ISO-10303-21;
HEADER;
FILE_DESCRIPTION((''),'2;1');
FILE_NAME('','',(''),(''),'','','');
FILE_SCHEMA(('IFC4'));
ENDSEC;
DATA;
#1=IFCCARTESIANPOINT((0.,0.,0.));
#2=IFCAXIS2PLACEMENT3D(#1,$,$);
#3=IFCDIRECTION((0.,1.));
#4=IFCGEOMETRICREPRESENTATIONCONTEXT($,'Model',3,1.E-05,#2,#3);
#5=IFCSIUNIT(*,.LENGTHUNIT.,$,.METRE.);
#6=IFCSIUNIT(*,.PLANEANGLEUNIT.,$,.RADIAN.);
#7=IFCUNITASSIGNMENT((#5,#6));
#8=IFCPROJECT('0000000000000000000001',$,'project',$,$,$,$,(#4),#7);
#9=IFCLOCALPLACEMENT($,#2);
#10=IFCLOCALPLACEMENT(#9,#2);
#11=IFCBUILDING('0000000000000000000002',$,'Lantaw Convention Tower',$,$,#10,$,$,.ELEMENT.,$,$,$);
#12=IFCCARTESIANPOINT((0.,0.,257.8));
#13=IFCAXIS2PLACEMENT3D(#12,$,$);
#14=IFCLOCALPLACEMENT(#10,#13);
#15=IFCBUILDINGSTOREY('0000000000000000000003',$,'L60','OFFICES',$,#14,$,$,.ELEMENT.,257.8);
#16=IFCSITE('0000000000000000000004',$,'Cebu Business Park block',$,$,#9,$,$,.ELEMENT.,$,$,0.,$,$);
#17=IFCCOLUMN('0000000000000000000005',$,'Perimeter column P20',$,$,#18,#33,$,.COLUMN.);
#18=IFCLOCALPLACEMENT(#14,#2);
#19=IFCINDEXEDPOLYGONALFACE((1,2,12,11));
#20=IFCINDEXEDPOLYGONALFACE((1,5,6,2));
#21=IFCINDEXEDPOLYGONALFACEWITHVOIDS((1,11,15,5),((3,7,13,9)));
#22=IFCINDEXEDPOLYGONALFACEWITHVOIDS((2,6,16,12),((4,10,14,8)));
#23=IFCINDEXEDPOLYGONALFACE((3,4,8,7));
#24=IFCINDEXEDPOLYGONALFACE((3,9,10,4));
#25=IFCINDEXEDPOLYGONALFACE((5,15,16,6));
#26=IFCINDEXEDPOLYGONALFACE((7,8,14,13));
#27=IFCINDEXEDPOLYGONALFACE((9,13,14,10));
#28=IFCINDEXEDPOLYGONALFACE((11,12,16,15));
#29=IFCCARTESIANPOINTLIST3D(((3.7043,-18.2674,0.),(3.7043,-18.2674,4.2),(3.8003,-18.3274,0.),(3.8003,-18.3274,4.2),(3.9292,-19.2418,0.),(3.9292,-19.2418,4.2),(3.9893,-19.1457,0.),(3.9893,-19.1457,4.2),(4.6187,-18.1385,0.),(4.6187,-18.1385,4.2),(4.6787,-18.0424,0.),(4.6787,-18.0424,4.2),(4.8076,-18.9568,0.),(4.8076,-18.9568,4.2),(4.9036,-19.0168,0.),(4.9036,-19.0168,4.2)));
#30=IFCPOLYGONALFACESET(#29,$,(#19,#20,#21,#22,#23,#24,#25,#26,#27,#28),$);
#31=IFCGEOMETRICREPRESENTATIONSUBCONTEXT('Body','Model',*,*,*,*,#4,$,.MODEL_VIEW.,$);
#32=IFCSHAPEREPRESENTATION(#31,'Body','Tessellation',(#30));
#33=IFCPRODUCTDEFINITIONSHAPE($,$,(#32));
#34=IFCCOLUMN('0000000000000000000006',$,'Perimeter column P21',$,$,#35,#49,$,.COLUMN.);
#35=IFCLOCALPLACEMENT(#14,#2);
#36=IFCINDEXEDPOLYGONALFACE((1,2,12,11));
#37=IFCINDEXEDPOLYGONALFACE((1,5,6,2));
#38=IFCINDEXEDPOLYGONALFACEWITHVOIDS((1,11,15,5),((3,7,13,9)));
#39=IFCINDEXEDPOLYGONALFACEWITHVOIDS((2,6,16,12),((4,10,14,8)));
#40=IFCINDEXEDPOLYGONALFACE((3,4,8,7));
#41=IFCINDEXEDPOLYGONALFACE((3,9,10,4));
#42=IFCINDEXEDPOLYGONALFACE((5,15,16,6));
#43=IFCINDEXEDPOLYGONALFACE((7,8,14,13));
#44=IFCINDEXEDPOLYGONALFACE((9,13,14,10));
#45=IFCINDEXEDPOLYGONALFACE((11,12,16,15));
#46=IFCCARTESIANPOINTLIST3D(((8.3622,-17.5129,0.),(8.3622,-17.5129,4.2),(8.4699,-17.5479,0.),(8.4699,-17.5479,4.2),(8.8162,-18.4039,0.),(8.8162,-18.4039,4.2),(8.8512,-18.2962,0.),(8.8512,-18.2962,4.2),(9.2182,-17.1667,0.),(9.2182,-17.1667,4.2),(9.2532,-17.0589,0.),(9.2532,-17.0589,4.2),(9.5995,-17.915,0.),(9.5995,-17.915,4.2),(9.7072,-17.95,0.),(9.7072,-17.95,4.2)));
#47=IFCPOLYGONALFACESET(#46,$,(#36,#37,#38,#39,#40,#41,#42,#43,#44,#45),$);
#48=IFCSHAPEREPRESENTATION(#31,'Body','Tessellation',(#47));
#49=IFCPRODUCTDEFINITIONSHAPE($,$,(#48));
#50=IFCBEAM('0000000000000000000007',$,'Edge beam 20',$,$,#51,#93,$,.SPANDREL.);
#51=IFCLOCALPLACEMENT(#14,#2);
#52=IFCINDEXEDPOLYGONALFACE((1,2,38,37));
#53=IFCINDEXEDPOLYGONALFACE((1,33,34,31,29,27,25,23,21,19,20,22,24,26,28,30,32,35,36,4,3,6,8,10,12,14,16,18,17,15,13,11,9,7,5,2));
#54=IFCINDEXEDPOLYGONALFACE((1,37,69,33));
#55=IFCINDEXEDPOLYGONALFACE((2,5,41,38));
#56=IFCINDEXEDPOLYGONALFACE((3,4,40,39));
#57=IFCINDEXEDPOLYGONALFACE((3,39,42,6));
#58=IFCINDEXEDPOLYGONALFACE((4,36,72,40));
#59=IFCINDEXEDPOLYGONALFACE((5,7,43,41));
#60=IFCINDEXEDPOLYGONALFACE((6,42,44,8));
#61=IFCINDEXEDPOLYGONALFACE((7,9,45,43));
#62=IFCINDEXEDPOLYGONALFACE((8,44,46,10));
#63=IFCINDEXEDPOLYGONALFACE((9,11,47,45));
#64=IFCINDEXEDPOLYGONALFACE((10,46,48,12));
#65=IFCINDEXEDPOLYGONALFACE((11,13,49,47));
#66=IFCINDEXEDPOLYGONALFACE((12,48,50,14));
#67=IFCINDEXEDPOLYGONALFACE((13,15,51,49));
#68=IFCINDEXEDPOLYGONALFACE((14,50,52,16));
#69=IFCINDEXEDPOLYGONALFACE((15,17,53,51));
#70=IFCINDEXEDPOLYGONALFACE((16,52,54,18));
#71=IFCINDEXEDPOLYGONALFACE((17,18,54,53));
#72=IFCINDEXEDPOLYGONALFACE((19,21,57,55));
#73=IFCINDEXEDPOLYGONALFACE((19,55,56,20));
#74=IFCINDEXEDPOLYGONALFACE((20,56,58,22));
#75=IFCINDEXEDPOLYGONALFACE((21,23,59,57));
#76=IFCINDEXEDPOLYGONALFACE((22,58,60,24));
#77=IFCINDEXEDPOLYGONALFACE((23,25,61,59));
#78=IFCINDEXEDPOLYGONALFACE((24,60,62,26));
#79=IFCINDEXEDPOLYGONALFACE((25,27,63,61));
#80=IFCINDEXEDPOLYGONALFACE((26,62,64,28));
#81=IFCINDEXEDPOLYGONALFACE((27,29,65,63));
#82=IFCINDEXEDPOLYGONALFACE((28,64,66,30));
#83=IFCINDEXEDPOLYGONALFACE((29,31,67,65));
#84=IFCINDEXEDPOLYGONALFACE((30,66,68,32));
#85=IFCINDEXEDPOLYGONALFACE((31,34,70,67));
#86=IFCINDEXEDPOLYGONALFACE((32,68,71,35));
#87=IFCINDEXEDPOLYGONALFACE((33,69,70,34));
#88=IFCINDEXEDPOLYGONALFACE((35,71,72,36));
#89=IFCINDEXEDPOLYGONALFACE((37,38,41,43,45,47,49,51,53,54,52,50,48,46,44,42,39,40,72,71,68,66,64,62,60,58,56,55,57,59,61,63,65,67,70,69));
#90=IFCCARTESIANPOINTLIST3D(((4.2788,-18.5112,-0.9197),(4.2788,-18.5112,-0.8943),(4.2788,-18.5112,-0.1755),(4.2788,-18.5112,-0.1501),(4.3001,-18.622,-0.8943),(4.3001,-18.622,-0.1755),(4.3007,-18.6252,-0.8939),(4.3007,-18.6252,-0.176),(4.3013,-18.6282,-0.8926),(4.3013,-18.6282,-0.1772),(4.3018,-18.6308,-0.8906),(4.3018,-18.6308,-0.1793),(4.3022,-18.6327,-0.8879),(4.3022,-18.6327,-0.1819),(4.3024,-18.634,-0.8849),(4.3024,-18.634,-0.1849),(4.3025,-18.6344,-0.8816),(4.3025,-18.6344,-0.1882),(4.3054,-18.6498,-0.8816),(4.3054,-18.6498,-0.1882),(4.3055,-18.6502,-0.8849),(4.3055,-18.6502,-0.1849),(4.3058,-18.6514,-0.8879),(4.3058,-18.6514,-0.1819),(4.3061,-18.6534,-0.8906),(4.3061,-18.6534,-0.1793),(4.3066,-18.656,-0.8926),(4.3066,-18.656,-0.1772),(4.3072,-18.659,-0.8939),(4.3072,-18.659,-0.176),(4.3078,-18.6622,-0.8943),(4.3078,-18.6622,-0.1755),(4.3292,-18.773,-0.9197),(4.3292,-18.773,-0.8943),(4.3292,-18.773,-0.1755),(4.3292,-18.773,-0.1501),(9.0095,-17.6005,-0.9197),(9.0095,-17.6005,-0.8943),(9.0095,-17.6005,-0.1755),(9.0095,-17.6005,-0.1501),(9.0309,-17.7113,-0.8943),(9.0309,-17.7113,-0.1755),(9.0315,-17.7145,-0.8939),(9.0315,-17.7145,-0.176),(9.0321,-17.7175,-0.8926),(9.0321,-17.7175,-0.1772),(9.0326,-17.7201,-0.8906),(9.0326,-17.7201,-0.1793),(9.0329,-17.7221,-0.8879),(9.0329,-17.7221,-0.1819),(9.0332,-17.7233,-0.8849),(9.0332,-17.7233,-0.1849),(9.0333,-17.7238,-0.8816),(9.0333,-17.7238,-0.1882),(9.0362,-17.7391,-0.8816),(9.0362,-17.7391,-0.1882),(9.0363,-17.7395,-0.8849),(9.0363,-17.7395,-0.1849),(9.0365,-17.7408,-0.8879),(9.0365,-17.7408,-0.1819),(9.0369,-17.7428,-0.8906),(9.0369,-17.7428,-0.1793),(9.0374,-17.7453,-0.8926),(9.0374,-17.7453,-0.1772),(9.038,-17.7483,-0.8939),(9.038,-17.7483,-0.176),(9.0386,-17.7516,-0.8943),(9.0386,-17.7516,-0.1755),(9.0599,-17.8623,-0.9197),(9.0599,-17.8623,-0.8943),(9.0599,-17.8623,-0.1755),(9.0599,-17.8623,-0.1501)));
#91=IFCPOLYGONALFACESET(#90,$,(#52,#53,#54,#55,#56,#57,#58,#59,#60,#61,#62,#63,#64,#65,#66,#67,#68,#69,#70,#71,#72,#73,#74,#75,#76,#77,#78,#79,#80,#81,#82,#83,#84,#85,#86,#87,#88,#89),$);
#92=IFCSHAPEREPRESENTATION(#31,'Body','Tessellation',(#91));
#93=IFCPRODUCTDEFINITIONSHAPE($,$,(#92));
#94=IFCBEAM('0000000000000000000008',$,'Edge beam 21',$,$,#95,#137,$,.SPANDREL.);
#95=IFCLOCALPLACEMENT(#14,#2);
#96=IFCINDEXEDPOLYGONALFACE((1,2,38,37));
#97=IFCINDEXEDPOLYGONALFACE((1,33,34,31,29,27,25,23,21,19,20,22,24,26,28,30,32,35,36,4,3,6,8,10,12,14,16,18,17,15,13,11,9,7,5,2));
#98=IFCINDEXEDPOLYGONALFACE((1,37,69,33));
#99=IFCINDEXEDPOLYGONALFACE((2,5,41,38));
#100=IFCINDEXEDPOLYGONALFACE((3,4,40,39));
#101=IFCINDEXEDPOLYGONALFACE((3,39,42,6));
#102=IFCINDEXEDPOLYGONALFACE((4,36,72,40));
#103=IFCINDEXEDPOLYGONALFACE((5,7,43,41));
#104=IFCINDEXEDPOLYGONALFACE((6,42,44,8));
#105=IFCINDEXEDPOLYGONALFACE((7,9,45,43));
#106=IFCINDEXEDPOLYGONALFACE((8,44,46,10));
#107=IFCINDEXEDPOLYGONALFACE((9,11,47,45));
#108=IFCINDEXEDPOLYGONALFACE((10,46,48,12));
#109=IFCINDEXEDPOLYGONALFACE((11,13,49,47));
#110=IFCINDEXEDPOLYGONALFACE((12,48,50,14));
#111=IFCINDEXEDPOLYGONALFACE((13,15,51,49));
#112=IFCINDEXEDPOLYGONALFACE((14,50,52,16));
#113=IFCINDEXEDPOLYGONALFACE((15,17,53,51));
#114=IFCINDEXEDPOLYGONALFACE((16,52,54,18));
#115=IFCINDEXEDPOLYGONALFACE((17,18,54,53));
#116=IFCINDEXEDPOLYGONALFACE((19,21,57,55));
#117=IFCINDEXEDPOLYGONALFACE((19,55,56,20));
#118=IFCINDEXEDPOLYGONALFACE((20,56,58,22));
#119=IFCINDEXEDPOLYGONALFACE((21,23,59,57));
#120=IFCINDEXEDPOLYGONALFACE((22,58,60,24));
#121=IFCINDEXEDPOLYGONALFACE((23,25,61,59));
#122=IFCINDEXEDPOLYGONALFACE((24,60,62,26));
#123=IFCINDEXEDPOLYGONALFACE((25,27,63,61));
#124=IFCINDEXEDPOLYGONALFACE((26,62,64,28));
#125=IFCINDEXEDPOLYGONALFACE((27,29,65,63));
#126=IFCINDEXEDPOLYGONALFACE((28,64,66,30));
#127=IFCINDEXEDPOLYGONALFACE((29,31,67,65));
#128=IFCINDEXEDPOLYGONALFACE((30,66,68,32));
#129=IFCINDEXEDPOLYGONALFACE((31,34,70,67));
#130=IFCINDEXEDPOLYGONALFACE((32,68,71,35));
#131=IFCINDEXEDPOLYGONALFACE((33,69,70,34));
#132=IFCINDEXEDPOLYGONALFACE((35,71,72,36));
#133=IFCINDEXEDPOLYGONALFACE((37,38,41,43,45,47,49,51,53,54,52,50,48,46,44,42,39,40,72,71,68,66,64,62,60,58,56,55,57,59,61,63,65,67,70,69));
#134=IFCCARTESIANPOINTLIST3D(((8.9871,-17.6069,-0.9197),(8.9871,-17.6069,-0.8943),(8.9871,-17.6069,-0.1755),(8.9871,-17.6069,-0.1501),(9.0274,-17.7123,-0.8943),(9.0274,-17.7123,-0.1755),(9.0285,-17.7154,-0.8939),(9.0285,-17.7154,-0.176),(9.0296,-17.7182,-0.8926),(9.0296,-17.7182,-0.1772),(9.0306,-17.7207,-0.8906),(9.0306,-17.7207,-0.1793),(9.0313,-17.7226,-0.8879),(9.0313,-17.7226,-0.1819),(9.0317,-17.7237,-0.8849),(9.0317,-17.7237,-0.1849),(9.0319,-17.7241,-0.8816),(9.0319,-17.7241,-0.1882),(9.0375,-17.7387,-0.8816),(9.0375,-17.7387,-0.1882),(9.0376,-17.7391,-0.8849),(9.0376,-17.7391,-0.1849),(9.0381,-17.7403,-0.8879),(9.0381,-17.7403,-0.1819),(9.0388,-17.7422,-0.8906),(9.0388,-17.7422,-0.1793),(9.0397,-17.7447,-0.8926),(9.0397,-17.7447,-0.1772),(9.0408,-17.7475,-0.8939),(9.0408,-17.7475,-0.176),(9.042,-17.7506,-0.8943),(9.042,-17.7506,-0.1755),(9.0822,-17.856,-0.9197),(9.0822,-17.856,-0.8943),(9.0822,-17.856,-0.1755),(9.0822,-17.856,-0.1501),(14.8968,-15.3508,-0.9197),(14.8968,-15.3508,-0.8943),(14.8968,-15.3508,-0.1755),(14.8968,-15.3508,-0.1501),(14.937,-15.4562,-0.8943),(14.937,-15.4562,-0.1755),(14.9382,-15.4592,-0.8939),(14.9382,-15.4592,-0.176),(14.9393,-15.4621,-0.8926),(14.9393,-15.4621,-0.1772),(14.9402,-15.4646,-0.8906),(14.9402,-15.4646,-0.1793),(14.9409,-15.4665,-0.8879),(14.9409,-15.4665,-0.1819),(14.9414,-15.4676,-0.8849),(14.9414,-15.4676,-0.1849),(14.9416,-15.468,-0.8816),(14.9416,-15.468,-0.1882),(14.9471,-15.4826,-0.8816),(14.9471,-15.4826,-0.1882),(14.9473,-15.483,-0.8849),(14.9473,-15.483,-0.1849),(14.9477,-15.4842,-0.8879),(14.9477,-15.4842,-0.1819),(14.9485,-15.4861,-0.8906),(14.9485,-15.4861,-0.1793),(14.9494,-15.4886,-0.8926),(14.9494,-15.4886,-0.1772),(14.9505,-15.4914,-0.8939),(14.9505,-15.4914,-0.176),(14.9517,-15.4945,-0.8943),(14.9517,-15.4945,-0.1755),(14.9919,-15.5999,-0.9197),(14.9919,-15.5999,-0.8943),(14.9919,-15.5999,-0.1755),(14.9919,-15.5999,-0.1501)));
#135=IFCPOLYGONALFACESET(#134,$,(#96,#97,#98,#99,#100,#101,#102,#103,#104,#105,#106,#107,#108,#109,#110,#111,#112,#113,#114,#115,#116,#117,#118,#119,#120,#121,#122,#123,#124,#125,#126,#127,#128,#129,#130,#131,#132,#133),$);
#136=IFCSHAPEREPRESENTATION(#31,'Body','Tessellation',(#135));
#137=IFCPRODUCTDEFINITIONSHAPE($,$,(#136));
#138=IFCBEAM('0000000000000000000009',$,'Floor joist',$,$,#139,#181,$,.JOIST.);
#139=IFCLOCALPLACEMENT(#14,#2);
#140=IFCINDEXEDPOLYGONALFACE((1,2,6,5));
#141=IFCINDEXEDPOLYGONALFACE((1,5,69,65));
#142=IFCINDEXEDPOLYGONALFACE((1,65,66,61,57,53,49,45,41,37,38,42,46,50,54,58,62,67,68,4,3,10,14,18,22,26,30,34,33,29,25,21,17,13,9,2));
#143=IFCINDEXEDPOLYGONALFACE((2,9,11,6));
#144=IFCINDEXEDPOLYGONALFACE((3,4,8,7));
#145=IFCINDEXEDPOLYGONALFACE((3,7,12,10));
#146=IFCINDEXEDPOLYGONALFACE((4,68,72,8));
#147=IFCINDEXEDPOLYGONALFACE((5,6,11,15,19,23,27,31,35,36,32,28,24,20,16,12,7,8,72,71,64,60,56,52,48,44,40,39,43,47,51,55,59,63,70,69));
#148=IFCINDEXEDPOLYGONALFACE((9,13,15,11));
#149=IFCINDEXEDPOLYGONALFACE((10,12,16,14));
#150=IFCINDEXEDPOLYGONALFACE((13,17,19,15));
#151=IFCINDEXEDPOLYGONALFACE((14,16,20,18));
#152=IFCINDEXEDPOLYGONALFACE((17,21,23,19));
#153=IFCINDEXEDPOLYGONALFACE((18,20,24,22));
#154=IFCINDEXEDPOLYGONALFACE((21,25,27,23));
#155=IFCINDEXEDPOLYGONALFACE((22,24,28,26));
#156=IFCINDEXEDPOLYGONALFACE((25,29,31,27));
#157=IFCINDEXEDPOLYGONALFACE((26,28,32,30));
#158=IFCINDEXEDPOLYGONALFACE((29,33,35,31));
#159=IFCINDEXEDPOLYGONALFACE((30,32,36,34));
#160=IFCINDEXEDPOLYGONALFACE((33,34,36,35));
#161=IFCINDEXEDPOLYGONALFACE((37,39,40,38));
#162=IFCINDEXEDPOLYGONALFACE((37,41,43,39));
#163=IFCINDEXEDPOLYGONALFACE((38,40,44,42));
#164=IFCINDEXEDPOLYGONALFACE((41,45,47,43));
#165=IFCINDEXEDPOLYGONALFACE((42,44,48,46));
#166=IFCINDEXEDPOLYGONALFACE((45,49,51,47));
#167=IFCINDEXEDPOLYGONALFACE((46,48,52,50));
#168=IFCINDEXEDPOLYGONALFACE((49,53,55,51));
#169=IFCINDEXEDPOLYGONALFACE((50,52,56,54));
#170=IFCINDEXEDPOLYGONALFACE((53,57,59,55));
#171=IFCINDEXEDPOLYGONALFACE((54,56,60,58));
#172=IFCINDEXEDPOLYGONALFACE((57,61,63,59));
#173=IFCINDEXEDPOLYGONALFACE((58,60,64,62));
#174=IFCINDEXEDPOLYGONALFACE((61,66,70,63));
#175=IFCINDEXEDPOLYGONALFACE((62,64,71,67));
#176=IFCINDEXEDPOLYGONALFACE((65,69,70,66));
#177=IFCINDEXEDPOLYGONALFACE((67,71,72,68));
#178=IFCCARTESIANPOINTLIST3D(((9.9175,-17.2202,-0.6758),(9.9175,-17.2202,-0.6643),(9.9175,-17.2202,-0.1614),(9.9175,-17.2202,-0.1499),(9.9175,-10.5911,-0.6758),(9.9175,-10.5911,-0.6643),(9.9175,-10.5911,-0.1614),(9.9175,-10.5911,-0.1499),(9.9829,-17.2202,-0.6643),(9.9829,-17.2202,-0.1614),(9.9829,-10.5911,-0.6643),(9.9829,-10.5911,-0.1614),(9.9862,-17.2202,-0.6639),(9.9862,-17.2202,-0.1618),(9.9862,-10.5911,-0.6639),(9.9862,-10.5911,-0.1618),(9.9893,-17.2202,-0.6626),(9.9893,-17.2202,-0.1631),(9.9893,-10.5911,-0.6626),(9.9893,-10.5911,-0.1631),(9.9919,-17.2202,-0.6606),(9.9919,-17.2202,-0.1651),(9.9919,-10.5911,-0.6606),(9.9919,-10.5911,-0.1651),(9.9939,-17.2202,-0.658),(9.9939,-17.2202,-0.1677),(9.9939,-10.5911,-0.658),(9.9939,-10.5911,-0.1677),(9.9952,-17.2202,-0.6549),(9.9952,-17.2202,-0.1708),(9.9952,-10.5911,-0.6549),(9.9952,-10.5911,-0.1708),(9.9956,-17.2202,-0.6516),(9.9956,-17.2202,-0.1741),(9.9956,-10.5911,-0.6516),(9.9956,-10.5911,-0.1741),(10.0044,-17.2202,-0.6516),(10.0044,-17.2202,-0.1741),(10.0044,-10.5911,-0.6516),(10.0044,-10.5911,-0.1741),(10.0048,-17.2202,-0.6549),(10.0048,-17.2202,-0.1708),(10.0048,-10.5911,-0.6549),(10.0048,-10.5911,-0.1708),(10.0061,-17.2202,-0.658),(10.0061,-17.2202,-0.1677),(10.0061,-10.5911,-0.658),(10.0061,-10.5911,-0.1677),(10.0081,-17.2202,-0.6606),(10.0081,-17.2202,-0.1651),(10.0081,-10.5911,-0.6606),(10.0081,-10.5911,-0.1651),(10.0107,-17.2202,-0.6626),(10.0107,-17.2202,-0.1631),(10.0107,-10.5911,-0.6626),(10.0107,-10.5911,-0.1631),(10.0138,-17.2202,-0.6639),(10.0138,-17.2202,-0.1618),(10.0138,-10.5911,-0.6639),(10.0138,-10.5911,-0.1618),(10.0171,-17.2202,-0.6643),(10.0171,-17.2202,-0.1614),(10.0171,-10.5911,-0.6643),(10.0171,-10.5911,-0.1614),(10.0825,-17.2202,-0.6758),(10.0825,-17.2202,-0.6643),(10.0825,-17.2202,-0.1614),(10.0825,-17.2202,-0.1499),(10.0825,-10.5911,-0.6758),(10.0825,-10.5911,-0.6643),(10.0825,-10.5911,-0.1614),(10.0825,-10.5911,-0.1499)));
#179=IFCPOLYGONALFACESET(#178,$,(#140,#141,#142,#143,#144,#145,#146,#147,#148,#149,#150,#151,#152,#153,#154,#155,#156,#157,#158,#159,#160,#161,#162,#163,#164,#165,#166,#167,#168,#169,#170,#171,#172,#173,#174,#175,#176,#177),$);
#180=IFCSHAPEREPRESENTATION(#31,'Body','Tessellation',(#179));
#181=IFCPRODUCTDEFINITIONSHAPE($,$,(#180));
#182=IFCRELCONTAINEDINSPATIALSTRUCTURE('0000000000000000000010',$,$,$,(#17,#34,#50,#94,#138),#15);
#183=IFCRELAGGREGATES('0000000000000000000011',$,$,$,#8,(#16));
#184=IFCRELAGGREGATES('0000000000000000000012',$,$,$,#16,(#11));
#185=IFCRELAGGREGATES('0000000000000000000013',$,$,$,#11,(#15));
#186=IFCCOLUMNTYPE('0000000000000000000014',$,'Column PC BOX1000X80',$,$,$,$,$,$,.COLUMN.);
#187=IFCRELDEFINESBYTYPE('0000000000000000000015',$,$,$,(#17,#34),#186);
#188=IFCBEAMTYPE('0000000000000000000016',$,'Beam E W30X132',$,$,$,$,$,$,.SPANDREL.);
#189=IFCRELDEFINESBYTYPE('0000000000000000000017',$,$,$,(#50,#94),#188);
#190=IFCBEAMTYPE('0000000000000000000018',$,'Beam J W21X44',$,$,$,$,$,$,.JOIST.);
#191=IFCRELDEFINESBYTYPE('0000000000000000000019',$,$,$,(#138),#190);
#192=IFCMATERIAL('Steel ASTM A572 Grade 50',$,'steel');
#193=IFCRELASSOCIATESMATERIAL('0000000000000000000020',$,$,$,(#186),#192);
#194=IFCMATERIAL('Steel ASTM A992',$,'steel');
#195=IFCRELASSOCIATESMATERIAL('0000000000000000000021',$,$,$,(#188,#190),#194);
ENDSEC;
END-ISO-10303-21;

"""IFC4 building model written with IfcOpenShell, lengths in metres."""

from ifc_helpers import new_model, si_unit, direction, frame, origin, origin_2d, place, context, subcontext, project, spatial, rectangle, hollow_rectangle, i_section, extrude, material, material_profile, profile_set, type_object, element, save


model = new_model("IFC4")

# Units and contexts
model_context = context("Model", 3, precision=1e-05, world=origin(), true_north=direction((0.0, 1.0)))
body_context = subcontext(model_context, "Body", "Model", "MODEL_VIEW")
ifc_project = project(units=[si_unit("LENGTHUNIT", "METRE"), si_unit("PLANEANGLEUNIT", "RADIAN")], contexts=[model_context])

# Site, building, storey
site_placement = place(None, origin())
site = spatial("IfcSite", under=ifc_project, at=site_placement, Name="Cebu Business Park block", CompositionType="ELEMENT", RefElevation=0.0)
building_placement = place(site_placement, origin())
building = spatial("IfcBuilding", under=site, at=building_placement, Name="Lantaw Convention Tower", CompositionType="ELEMENT")
storey_placement = place(building_placement, frame((0.0, 0.0, 257.8)))
storey = spatial("IfcBuildingStorey", under=building, at=storey_placement, Name="L60", Description="OFFICES", CompositionType="ELEMENT", Elevation=257.8)

# Columns
ifc_material_1 = material(Name="Steel ASTM A572 Grade 50", Category="steel")
ifc_material_profile_1 = material_profile(ifc_material_1, hollow_rectangle(XDim=1.0, YDim=1.0, WallThickness=0.0801, at=origin_2d()), Name="BOX1000X80")
ifc_material_2 = material(Name="Concrete C60/75", Category="concrete")
ifc_material_profile_2 = material_profile(ifc_material_2, rectangle(XDim=0.8401, YDim=0.8401, at=origin_2d()), Name="Concrete fill of BOX1000X80")
ifc_profile_set_1 = profile_set([ifc_material_profile_1, ifc_material_profile_2], Name="Steel ASTM A572 Grade 50")
column_type = type_object("IfcColumnType", Name="Column PC BOX1000X80", PredefinedType="COLUMN", material=ifc_profile_set_1)
for number, where, z_axis, x_axis, name in (
    (1, (4.304, -18.6421, 0.0), (0.0, 0.0, 1.0), (0.97437, 0.224951, 0.0), "Perimeter column P20"),
    (2, (9.0347, -17.7314, 0.0), (0.0, 0.0, 1.0), (0.891007, 0.45399, 0.0), "Perimeter column P21"),
):
    element("IfcColumn", number, at=place(storey_placement, frame(where, z_axis=z_axis, x_axis=x_axis)), inside=storey, type_object=column_type, Name=name, PredefinedType="COLUMN", context=body_context, shape_type="SweptSolid", body=[
        extrude(hollow_rectangle(XDim=1.0, YDim=1.0, WallThickness=0.0801, at=origin_2d()), origin(), (0.0, 0.0, 1.0), 4.2),
    ])

# Beams
ifc_material_3 = material(Name="Steel ASTM A992", Category="steel")
ifc_material_profile_3 = material_profile(ifc_material_3, i_section(OverallWidth=0.2666, OverallDepth=0.7695, WebThickness=0.0156, FlangeThickness=0.0254, FilletRadius=0.0127, at=origin_2d()), Name="W30X132")
ifc_profile_set_2 = profile_set([ifc_material_profile_3], Name="Steel ASTM A992")
beam_type_1 = type_object("IfcBeamType", Name="Beam E W30X132", PredefinedType="SPANDREL", material=ifc_profile_set_2)
beam_1_placement = place(storey_placement, frame((4.304, -18.6421, -0.5349), z_axis=(0.981972, 0.189026, 0.0), x_axis=(-0.189026, 0.981972, 0.0)))
element("IfcBeam", 3, at=beam_1_placement, inside=storey, type_object=beam_type_1, Name="Edge beam 20", PredefinedType="SPANDREL", context=body_context, shape_type="SweptSolid", body=[
    extrude(i_section(OverallWidth=0.2666, OverallDepth=0.7695, WebThickness=0.0156, FlangeThickness=0.0254, FilletRadius=0.0127, at=origin_2d()), origin(), (0.0, 0.0, 1.0), 4.8176),
])
beam_2_placement = place(storey_placement, frame((9.0347, -17.7314, -0.5349), z_axis=(0.934235, 0.356658, 0.0), x_axis=(-0.356658, 0.934235, 0.0)))
element("IfcBeam", 4, at=beam_2_placement, inside=storey, type_object=beam_type_1, Name="Edge beam 21", PredefinedType="SPANDREL", context=body_context, shape_type="SweptSolid", body=[
    extrude(i_section(OverallWidth=0.2666, OverallDepth=0.7695, WebThickness=0.0156, FlangeThickness=0.0254, FilletRadius=0.0127, at=origin_2d()), origin(), (0.0, 0.0, 1.0), 6.3257),
])
ifc_material_profile_4 = material_profile(ifc_material_3, i_section(OverallWidth=0.165, OverallDepth=0.5259, WebThickness=0.0088, FlangeThickness=0.0115, FilletRadius=0.0127, at=origin_2d()), Name="W21X44")
ifc_profile_set_3 = profile_set([ifc_material_profile_4], Name="Steel ASTM A992")
beam_type_2 = type_object("IfcBeamType", Name="Beam J W21X44", PredefinedType="JOIST", material=ifc_profile_set_3)
beam_3_placement = place(storey_placement, frame((10.0, -17.2202, -0.4128), z_axis=(0.0, 1.0, 0.0), x_axis=(-1.0, 0.0, 0.0)))
element("IfcBeam", 5, at=beam_3_placement, inside=storey, type_object=beam_type_2, Name="Floor joist", PredefinedType="JOIST", context=body_context, shape_type="SweptSolid", body=[
    extrude(i_section(OverallWidth=0.165, OverallDepth=0.5259, WebThickness=0.0088, FlangeThickness=0.0115, FilletRadius=0.0127, at=origin_2d()), origin(), (0.0, 0.0, 1.0), 6.6292),
])

save(model, "model.ifc")
